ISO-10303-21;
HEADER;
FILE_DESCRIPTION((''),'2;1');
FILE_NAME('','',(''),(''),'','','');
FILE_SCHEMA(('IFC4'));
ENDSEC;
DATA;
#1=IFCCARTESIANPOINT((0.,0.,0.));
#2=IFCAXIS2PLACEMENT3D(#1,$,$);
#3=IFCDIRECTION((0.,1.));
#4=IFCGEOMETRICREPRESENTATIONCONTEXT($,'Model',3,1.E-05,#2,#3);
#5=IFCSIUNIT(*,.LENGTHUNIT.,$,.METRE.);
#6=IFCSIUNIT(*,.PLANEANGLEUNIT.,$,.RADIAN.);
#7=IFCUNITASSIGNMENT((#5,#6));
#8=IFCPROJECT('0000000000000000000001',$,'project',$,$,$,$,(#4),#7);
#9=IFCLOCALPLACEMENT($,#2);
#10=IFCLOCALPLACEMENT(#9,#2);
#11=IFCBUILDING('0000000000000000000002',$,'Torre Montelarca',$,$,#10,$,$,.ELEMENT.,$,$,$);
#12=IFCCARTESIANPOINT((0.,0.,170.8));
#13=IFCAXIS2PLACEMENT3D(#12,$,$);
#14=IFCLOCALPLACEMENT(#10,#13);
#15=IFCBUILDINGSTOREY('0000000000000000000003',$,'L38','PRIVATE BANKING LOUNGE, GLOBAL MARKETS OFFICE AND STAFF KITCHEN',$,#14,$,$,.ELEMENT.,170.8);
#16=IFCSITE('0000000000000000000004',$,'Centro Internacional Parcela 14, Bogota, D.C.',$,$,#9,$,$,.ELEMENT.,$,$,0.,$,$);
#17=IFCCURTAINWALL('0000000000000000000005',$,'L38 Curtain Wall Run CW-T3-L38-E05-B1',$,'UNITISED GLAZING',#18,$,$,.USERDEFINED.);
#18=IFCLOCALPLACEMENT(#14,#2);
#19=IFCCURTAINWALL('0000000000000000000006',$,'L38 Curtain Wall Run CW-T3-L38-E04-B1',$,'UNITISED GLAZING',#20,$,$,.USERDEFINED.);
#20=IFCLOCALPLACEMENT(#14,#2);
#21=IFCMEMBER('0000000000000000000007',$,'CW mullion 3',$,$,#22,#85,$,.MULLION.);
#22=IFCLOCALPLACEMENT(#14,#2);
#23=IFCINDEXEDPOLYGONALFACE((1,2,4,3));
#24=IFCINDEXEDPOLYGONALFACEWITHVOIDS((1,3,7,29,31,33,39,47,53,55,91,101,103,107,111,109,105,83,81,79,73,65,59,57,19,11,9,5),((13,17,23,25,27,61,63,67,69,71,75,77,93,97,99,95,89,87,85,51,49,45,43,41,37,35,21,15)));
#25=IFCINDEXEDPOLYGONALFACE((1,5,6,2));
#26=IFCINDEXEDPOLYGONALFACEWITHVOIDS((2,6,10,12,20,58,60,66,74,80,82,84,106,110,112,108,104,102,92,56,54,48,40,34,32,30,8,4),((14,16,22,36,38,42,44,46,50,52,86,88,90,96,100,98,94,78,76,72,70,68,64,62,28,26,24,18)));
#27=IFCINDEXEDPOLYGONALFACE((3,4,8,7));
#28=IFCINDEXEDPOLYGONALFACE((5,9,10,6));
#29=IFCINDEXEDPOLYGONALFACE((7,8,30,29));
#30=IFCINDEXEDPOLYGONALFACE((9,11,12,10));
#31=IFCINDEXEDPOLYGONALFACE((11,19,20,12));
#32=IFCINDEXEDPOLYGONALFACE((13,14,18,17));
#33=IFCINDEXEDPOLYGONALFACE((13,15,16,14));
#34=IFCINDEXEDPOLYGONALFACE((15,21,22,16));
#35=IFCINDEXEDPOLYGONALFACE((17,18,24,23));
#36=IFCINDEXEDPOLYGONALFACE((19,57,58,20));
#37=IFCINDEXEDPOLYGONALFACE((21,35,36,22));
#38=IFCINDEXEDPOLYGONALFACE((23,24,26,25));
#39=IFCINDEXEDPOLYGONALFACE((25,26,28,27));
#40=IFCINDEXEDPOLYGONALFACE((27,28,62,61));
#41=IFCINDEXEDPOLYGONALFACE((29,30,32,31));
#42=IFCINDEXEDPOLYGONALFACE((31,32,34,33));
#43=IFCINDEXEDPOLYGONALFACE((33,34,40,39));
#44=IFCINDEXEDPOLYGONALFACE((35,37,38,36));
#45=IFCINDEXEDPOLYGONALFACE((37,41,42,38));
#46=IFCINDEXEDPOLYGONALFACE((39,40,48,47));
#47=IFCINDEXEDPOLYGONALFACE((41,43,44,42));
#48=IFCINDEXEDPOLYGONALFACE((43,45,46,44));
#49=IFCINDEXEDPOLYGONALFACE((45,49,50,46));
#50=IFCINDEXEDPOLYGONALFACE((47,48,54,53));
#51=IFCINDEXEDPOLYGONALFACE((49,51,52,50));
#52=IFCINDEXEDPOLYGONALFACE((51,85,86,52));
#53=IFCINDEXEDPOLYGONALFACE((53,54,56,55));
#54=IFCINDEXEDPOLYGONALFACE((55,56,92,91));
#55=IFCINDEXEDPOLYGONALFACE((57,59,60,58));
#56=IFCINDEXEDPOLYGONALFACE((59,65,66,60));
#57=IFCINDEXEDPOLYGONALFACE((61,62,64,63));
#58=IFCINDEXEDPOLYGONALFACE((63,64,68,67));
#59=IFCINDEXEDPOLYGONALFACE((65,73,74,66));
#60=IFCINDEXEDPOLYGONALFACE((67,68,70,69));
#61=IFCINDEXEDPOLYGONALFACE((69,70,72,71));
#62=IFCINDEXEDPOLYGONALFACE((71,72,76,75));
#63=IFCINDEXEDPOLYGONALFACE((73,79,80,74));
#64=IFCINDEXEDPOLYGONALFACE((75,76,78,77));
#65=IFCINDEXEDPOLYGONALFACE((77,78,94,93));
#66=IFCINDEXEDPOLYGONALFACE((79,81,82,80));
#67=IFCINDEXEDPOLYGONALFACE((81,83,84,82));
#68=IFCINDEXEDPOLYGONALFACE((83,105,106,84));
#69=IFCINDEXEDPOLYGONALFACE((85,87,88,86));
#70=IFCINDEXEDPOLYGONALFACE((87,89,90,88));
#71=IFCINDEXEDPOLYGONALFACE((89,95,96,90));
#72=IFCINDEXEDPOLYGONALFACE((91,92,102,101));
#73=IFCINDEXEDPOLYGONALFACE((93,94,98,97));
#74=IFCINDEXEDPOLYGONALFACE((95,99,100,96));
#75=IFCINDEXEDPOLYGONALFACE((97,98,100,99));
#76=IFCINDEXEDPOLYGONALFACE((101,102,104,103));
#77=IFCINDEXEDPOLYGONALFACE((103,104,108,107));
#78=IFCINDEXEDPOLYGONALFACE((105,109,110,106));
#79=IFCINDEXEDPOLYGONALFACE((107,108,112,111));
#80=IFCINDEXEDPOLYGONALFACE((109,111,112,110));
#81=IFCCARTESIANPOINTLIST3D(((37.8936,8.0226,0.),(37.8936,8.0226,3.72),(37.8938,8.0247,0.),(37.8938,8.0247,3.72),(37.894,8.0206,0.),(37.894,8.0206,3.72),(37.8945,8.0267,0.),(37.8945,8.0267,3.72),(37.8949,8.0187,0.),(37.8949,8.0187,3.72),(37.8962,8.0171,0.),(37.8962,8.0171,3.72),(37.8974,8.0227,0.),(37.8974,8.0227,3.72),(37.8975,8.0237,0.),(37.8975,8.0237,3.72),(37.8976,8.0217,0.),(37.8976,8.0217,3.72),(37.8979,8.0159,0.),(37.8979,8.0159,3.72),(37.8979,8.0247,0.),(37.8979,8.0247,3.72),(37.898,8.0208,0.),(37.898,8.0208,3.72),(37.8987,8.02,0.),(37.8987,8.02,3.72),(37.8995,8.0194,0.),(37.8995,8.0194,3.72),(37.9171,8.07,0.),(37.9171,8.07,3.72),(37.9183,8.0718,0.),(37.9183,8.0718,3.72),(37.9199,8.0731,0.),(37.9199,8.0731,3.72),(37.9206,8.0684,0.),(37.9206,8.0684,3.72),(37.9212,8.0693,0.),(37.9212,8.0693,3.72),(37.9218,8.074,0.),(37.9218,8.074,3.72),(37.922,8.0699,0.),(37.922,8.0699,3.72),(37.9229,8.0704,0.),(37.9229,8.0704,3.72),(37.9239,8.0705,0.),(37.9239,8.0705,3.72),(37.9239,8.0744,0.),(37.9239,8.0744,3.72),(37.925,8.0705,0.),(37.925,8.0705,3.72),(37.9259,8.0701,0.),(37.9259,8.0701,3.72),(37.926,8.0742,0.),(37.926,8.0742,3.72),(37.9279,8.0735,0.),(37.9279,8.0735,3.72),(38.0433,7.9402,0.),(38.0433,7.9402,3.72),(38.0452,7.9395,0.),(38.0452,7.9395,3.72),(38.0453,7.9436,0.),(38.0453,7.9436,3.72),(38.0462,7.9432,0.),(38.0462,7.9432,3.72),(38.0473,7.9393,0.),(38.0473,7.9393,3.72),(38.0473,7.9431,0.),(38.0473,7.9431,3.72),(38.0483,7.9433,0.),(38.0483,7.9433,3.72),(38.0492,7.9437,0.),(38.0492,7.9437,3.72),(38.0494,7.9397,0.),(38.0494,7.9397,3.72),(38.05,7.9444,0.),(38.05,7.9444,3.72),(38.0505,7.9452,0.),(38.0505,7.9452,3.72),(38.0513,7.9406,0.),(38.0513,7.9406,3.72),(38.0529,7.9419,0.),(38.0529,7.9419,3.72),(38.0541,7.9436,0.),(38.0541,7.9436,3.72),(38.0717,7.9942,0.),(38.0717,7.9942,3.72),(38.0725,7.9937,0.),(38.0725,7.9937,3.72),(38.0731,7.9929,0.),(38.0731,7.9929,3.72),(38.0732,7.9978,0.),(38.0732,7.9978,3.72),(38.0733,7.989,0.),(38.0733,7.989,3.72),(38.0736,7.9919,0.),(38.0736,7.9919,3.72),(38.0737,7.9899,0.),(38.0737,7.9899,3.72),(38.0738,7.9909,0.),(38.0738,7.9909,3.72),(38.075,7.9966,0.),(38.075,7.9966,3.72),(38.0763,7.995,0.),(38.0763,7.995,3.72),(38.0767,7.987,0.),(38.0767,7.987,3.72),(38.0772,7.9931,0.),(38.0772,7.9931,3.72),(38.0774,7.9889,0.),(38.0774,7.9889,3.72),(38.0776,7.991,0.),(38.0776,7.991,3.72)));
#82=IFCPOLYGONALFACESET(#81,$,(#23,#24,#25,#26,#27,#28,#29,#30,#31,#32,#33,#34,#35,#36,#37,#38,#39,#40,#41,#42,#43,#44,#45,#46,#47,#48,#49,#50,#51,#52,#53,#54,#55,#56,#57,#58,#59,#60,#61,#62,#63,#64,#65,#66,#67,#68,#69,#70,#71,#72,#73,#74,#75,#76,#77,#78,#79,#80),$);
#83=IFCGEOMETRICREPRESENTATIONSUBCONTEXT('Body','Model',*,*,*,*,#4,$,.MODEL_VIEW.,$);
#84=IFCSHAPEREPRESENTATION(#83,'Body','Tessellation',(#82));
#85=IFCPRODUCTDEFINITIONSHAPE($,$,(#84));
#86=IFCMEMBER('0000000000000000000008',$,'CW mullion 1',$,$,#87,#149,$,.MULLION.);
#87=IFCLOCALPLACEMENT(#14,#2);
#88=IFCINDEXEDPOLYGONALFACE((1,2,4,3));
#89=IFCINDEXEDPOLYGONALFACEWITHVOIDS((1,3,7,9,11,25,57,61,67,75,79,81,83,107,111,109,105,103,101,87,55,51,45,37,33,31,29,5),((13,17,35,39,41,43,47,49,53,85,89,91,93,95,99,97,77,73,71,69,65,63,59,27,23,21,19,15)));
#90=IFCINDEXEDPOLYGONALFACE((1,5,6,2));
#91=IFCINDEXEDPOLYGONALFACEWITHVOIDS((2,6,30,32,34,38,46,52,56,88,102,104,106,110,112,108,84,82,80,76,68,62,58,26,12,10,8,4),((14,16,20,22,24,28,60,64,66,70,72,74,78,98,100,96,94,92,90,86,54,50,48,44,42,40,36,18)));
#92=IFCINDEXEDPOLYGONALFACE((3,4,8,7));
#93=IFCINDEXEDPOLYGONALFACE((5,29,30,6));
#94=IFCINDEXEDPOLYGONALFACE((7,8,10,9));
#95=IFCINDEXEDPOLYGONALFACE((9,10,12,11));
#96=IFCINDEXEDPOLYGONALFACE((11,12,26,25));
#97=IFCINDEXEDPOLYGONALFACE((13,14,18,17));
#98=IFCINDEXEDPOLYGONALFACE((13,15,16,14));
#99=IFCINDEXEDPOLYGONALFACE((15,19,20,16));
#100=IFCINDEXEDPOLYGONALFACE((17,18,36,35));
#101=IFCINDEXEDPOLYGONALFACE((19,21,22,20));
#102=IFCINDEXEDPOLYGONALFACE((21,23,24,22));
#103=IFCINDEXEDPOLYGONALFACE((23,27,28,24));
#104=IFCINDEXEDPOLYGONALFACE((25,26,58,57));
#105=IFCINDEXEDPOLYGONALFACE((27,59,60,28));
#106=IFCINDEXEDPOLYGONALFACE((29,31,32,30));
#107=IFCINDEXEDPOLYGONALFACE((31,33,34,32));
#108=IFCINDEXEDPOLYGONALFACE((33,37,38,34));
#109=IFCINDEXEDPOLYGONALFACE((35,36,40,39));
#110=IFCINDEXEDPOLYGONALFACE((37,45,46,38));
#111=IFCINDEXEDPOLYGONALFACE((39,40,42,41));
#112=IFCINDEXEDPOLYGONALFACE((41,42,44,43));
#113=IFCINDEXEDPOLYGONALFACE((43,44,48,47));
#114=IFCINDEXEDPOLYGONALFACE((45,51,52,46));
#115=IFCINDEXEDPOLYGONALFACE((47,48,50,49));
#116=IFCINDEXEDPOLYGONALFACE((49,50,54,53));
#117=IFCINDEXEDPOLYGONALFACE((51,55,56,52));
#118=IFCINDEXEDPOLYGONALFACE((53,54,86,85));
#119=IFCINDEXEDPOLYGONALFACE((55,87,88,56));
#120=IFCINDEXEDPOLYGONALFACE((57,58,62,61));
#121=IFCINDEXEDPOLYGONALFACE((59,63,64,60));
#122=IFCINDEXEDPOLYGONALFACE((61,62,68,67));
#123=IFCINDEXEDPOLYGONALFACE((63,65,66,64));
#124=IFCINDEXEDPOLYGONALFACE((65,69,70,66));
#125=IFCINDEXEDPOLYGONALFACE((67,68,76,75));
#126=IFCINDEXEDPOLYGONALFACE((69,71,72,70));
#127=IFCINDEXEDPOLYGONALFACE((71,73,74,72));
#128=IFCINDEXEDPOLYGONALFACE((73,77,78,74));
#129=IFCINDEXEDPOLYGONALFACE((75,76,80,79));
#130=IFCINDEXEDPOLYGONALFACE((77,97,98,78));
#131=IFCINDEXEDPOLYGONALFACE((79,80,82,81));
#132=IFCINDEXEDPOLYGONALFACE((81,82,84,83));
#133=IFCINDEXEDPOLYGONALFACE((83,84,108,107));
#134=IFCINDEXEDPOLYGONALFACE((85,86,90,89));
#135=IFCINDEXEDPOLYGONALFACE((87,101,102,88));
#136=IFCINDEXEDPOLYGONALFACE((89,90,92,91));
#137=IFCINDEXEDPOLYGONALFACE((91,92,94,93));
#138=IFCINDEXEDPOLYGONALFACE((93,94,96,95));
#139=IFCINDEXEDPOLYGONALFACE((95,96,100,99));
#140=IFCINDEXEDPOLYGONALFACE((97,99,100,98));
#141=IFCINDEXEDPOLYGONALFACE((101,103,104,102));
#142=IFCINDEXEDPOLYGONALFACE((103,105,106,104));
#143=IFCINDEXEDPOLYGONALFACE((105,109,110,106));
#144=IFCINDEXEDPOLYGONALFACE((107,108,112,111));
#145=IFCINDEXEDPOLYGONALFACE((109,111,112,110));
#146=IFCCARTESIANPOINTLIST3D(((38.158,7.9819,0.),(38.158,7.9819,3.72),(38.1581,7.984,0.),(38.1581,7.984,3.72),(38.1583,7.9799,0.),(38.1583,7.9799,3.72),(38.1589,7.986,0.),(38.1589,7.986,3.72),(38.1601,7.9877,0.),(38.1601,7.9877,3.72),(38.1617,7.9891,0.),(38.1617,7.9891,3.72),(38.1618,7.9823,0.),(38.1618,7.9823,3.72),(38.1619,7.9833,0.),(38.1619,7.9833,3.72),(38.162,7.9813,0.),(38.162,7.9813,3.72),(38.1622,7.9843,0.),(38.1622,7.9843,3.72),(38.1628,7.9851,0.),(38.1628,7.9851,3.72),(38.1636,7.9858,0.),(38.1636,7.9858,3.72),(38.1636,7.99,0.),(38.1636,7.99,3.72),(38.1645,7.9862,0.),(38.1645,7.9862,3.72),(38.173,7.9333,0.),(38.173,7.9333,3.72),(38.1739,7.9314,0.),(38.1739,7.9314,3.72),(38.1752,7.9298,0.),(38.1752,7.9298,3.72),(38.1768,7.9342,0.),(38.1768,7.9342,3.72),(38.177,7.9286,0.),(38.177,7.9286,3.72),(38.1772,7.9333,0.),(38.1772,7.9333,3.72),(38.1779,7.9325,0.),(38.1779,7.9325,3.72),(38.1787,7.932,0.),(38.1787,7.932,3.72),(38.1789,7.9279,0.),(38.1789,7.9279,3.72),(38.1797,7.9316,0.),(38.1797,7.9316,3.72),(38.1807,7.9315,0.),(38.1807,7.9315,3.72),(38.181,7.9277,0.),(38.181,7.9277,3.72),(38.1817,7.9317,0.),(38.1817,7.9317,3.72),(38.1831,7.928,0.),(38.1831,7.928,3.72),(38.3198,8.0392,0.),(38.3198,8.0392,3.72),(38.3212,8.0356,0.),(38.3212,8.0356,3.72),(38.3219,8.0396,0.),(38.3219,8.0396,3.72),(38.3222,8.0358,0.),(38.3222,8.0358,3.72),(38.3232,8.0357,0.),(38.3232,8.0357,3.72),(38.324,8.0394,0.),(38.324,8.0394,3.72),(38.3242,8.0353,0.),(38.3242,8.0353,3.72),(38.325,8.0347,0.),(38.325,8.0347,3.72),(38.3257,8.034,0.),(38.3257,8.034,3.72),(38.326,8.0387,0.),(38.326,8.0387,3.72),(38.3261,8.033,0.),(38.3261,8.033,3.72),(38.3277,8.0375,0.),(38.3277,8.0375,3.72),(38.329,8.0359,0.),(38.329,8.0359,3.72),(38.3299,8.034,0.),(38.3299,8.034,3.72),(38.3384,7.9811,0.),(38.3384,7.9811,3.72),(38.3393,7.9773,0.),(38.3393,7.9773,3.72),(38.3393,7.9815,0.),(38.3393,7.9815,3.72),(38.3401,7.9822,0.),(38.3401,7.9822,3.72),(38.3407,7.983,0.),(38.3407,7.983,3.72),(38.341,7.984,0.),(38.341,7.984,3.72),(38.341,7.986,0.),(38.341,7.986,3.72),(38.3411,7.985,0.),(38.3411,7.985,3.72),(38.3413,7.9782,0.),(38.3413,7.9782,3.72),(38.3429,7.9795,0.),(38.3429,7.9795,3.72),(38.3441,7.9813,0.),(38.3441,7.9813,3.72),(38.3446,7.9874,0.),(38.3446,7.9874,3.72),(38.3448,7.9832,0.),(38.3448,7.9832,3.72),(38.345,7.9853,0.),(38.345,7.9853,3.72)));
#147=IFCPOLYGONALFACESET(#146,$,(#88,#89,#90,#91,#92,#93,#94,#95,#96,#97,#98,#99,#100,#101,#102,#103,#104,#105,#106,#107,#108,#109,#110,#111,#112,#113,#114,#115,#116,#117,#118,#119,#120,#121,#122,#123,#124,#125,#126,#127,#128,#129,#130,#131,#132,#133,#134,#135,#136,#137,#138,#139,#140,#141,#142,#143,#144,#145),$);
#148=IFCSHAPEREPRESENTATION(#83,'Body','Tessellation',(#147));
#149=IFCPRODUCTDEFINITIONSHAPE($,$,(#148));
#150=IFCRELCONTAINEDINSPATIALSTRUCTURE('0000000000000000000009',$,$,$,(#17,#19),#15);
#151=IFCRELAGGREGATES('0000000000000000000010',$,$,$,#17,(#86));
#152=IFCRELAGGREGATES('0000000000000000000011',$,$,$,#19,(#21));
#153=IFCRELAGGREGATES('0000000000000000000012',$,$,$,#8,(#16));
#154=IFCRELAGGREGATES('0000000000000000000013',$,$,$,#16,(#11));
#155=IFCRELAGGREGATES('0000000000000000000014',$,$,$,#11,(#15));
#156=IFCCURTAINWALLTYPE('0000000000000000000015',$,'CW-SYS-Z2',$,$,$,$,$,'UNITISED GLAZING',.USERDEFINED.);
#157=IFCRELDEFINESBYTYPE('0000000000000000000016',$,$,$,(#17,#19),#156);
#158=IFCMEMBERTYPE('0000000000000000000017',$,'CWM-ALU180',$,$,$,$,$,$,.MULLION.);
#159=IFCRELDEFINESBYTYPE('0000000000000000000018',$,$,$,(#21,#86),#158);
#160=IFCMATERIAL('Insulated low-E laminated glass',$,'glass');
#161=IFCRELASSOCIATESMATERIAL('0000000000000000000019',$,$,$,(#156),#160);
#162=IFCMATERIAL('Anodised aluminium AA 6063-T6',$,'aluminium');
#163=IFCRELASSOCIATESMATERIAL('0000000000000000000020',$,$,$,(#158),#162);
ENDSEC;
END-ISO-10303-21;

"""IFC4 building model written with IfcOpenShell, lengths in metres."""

from ifc_helpers import new_model, si_unit, direction, frame, origin, origin_2d, place, context, subcontext, project, spatial, hollow_rectangle, extrude, source, transform, mapped, material, material_profile, profile_set, type_object, element, aggregate, save


model = new_model("IFC4")

# Units and contexts
model_context = context("Model", 3, precision=1e-05, world=origin(), true_north=direction((0.0, 1.0)))
body_context = subcontext(model_context, "Body", "Model", "MODEL_VIEW")
ifc_project = project(units=[si_unit("LENGTHUNIT", "METRE"), si_unit("PLANEANGLEUNIT", "RADIAN")], contexts=[model_context])

# Site, building, storey
site_placement = place(None, origin())
site = spatial("IfcSite", under=ifc_project, at=site_placement, Name="Centro Internacional Parcela 14, Bogota, D.C.", CompositionType="ELEMENT", RefElevation=0.0)
building_placement = place(site_placement, origin())
building = spatial("IfcBuilding", under=site, at=building_placement, Name="Torre Montelarca", CompositionType="ELEMENT")
storey_placement = place(building_placement, frame((0.0, 0.0, 170.8)))
storey = spatial("IfcBuildingStorey", under=building, at=storey_placement, Name="L38", Description="PRIVATE BANKING LOUNGE, GLOBAL MARKETS OFFICE AND STAFF KITCHEN", CompositionType="ELEMENT", Elevation=170.8)

# Curtain wall
ifc_material_1 = material(Name="Insulated low-E laminated glass", Category="glass")
curtain_wall_type = type_object("IfcCurtainWallType", Name="CW-SYS-Z2", ElementType="UNITISED GLAZING", PredefinedType="USERDEFINED", material=ifc_material_1)
curtain_wall_1_placement = place(storey_placement, origin())
curtain_wall_1 = element("IfcCurtainWall", 1, at=curtain_wall_1_placement, inside=storey, type_object=curtain_wall_type, Name="L38 Curtain Wall Run CW-T3-L38-E05-B1", ObjectType="UNITISED GLAZING", PredefinedType="USERDEFINED")
ifc_material_2 = material(Name="Anodised aluminium AA 6063-T6", Category="aluminium")

# Curtain wall, member
curtain_wall_2_placement = place(storey_placement, origin())
curtain_wall_2 = element("IfcCurtainWall", 2, at=curtain_wall_2_placement, inside=storey, type_object=curtain_wall_type, Name="L38 Curtain Wall Run CW-T3-L38-E04-B1", ObjectType="UNITISED GLAZING", PredefinedType="USERDEFINED")
ifc_material_profile_1 = material_profile(ifc_material_2, hollow_rectangle(XDim=0.0649, YDim=0.1799, WallThickness=0.0039, InnerFilletRadius=0.0039, OuterFilletRadius=0.0081, at=origin_2d()), Name="ALU65X180X4", Category="aluminium")
ifc_profile_set_1 = profile_set([ifc_material_profile_1], Name="Anodised aluminium AA 6063-T6")
member_type_1 = type_object("IfcMemberType", Name="CWM-ALU180", PredefinedType="MULLION", material=ifc_profile_set_1)
shared_shape_1 = source(origin(), body_context, "Body", "SweptSolid", [
    extrude(hollow_rectangle(XDim=0.0649, YDim=0.1799, WallThickness=0.0039, InnerFilletRadius=0.0039, OuterFilletRadius=0.0081, at=origin_2d()), origin(), (0.0, 0.0, 1.0), 3.72),
])
member_1_placement = place(storey_placement, frame((37.9856, 8.0068, 0.0), z_axis=(0.0, 0.0, 1.0), x_axis=(0.461744, 0.887013, 0.0)))
member_1 = element("IfcMember", 3, at=member_1_placement, type_object=member_type_1, Name="CW mullion 3", PredefinedType="MULLION", context=body_context, shape_type="MappedRepresentation", body=[
    mapped(shared_shape_1, transform((0.0, 0.0, 0.0), scale=1.0)),
])

# Member
member_2_placement = place(storey_placement, frame((38.2515, 7.9836, 0.0), z_axis=(0.0, 0.0, 1.0), x_axis=(-0.300679, 0.953725, 0.0)))
member_2 = element("IfcMember", 4, at=member_2_placement, type_object=member_type_1, Name="CW mullion 1", PredefinedType="MULLION", context=body_context, shape_type="MappedRepresentation", body=[
    mapped(shared_shape_1, transform((0.0, 0.0, 0.0), scale=1.0)),
])

aggregate(curtain_wall_1, [member_2])
aggregate(curtain_wall_2, [member_1])

save(model, "model.ifc")
